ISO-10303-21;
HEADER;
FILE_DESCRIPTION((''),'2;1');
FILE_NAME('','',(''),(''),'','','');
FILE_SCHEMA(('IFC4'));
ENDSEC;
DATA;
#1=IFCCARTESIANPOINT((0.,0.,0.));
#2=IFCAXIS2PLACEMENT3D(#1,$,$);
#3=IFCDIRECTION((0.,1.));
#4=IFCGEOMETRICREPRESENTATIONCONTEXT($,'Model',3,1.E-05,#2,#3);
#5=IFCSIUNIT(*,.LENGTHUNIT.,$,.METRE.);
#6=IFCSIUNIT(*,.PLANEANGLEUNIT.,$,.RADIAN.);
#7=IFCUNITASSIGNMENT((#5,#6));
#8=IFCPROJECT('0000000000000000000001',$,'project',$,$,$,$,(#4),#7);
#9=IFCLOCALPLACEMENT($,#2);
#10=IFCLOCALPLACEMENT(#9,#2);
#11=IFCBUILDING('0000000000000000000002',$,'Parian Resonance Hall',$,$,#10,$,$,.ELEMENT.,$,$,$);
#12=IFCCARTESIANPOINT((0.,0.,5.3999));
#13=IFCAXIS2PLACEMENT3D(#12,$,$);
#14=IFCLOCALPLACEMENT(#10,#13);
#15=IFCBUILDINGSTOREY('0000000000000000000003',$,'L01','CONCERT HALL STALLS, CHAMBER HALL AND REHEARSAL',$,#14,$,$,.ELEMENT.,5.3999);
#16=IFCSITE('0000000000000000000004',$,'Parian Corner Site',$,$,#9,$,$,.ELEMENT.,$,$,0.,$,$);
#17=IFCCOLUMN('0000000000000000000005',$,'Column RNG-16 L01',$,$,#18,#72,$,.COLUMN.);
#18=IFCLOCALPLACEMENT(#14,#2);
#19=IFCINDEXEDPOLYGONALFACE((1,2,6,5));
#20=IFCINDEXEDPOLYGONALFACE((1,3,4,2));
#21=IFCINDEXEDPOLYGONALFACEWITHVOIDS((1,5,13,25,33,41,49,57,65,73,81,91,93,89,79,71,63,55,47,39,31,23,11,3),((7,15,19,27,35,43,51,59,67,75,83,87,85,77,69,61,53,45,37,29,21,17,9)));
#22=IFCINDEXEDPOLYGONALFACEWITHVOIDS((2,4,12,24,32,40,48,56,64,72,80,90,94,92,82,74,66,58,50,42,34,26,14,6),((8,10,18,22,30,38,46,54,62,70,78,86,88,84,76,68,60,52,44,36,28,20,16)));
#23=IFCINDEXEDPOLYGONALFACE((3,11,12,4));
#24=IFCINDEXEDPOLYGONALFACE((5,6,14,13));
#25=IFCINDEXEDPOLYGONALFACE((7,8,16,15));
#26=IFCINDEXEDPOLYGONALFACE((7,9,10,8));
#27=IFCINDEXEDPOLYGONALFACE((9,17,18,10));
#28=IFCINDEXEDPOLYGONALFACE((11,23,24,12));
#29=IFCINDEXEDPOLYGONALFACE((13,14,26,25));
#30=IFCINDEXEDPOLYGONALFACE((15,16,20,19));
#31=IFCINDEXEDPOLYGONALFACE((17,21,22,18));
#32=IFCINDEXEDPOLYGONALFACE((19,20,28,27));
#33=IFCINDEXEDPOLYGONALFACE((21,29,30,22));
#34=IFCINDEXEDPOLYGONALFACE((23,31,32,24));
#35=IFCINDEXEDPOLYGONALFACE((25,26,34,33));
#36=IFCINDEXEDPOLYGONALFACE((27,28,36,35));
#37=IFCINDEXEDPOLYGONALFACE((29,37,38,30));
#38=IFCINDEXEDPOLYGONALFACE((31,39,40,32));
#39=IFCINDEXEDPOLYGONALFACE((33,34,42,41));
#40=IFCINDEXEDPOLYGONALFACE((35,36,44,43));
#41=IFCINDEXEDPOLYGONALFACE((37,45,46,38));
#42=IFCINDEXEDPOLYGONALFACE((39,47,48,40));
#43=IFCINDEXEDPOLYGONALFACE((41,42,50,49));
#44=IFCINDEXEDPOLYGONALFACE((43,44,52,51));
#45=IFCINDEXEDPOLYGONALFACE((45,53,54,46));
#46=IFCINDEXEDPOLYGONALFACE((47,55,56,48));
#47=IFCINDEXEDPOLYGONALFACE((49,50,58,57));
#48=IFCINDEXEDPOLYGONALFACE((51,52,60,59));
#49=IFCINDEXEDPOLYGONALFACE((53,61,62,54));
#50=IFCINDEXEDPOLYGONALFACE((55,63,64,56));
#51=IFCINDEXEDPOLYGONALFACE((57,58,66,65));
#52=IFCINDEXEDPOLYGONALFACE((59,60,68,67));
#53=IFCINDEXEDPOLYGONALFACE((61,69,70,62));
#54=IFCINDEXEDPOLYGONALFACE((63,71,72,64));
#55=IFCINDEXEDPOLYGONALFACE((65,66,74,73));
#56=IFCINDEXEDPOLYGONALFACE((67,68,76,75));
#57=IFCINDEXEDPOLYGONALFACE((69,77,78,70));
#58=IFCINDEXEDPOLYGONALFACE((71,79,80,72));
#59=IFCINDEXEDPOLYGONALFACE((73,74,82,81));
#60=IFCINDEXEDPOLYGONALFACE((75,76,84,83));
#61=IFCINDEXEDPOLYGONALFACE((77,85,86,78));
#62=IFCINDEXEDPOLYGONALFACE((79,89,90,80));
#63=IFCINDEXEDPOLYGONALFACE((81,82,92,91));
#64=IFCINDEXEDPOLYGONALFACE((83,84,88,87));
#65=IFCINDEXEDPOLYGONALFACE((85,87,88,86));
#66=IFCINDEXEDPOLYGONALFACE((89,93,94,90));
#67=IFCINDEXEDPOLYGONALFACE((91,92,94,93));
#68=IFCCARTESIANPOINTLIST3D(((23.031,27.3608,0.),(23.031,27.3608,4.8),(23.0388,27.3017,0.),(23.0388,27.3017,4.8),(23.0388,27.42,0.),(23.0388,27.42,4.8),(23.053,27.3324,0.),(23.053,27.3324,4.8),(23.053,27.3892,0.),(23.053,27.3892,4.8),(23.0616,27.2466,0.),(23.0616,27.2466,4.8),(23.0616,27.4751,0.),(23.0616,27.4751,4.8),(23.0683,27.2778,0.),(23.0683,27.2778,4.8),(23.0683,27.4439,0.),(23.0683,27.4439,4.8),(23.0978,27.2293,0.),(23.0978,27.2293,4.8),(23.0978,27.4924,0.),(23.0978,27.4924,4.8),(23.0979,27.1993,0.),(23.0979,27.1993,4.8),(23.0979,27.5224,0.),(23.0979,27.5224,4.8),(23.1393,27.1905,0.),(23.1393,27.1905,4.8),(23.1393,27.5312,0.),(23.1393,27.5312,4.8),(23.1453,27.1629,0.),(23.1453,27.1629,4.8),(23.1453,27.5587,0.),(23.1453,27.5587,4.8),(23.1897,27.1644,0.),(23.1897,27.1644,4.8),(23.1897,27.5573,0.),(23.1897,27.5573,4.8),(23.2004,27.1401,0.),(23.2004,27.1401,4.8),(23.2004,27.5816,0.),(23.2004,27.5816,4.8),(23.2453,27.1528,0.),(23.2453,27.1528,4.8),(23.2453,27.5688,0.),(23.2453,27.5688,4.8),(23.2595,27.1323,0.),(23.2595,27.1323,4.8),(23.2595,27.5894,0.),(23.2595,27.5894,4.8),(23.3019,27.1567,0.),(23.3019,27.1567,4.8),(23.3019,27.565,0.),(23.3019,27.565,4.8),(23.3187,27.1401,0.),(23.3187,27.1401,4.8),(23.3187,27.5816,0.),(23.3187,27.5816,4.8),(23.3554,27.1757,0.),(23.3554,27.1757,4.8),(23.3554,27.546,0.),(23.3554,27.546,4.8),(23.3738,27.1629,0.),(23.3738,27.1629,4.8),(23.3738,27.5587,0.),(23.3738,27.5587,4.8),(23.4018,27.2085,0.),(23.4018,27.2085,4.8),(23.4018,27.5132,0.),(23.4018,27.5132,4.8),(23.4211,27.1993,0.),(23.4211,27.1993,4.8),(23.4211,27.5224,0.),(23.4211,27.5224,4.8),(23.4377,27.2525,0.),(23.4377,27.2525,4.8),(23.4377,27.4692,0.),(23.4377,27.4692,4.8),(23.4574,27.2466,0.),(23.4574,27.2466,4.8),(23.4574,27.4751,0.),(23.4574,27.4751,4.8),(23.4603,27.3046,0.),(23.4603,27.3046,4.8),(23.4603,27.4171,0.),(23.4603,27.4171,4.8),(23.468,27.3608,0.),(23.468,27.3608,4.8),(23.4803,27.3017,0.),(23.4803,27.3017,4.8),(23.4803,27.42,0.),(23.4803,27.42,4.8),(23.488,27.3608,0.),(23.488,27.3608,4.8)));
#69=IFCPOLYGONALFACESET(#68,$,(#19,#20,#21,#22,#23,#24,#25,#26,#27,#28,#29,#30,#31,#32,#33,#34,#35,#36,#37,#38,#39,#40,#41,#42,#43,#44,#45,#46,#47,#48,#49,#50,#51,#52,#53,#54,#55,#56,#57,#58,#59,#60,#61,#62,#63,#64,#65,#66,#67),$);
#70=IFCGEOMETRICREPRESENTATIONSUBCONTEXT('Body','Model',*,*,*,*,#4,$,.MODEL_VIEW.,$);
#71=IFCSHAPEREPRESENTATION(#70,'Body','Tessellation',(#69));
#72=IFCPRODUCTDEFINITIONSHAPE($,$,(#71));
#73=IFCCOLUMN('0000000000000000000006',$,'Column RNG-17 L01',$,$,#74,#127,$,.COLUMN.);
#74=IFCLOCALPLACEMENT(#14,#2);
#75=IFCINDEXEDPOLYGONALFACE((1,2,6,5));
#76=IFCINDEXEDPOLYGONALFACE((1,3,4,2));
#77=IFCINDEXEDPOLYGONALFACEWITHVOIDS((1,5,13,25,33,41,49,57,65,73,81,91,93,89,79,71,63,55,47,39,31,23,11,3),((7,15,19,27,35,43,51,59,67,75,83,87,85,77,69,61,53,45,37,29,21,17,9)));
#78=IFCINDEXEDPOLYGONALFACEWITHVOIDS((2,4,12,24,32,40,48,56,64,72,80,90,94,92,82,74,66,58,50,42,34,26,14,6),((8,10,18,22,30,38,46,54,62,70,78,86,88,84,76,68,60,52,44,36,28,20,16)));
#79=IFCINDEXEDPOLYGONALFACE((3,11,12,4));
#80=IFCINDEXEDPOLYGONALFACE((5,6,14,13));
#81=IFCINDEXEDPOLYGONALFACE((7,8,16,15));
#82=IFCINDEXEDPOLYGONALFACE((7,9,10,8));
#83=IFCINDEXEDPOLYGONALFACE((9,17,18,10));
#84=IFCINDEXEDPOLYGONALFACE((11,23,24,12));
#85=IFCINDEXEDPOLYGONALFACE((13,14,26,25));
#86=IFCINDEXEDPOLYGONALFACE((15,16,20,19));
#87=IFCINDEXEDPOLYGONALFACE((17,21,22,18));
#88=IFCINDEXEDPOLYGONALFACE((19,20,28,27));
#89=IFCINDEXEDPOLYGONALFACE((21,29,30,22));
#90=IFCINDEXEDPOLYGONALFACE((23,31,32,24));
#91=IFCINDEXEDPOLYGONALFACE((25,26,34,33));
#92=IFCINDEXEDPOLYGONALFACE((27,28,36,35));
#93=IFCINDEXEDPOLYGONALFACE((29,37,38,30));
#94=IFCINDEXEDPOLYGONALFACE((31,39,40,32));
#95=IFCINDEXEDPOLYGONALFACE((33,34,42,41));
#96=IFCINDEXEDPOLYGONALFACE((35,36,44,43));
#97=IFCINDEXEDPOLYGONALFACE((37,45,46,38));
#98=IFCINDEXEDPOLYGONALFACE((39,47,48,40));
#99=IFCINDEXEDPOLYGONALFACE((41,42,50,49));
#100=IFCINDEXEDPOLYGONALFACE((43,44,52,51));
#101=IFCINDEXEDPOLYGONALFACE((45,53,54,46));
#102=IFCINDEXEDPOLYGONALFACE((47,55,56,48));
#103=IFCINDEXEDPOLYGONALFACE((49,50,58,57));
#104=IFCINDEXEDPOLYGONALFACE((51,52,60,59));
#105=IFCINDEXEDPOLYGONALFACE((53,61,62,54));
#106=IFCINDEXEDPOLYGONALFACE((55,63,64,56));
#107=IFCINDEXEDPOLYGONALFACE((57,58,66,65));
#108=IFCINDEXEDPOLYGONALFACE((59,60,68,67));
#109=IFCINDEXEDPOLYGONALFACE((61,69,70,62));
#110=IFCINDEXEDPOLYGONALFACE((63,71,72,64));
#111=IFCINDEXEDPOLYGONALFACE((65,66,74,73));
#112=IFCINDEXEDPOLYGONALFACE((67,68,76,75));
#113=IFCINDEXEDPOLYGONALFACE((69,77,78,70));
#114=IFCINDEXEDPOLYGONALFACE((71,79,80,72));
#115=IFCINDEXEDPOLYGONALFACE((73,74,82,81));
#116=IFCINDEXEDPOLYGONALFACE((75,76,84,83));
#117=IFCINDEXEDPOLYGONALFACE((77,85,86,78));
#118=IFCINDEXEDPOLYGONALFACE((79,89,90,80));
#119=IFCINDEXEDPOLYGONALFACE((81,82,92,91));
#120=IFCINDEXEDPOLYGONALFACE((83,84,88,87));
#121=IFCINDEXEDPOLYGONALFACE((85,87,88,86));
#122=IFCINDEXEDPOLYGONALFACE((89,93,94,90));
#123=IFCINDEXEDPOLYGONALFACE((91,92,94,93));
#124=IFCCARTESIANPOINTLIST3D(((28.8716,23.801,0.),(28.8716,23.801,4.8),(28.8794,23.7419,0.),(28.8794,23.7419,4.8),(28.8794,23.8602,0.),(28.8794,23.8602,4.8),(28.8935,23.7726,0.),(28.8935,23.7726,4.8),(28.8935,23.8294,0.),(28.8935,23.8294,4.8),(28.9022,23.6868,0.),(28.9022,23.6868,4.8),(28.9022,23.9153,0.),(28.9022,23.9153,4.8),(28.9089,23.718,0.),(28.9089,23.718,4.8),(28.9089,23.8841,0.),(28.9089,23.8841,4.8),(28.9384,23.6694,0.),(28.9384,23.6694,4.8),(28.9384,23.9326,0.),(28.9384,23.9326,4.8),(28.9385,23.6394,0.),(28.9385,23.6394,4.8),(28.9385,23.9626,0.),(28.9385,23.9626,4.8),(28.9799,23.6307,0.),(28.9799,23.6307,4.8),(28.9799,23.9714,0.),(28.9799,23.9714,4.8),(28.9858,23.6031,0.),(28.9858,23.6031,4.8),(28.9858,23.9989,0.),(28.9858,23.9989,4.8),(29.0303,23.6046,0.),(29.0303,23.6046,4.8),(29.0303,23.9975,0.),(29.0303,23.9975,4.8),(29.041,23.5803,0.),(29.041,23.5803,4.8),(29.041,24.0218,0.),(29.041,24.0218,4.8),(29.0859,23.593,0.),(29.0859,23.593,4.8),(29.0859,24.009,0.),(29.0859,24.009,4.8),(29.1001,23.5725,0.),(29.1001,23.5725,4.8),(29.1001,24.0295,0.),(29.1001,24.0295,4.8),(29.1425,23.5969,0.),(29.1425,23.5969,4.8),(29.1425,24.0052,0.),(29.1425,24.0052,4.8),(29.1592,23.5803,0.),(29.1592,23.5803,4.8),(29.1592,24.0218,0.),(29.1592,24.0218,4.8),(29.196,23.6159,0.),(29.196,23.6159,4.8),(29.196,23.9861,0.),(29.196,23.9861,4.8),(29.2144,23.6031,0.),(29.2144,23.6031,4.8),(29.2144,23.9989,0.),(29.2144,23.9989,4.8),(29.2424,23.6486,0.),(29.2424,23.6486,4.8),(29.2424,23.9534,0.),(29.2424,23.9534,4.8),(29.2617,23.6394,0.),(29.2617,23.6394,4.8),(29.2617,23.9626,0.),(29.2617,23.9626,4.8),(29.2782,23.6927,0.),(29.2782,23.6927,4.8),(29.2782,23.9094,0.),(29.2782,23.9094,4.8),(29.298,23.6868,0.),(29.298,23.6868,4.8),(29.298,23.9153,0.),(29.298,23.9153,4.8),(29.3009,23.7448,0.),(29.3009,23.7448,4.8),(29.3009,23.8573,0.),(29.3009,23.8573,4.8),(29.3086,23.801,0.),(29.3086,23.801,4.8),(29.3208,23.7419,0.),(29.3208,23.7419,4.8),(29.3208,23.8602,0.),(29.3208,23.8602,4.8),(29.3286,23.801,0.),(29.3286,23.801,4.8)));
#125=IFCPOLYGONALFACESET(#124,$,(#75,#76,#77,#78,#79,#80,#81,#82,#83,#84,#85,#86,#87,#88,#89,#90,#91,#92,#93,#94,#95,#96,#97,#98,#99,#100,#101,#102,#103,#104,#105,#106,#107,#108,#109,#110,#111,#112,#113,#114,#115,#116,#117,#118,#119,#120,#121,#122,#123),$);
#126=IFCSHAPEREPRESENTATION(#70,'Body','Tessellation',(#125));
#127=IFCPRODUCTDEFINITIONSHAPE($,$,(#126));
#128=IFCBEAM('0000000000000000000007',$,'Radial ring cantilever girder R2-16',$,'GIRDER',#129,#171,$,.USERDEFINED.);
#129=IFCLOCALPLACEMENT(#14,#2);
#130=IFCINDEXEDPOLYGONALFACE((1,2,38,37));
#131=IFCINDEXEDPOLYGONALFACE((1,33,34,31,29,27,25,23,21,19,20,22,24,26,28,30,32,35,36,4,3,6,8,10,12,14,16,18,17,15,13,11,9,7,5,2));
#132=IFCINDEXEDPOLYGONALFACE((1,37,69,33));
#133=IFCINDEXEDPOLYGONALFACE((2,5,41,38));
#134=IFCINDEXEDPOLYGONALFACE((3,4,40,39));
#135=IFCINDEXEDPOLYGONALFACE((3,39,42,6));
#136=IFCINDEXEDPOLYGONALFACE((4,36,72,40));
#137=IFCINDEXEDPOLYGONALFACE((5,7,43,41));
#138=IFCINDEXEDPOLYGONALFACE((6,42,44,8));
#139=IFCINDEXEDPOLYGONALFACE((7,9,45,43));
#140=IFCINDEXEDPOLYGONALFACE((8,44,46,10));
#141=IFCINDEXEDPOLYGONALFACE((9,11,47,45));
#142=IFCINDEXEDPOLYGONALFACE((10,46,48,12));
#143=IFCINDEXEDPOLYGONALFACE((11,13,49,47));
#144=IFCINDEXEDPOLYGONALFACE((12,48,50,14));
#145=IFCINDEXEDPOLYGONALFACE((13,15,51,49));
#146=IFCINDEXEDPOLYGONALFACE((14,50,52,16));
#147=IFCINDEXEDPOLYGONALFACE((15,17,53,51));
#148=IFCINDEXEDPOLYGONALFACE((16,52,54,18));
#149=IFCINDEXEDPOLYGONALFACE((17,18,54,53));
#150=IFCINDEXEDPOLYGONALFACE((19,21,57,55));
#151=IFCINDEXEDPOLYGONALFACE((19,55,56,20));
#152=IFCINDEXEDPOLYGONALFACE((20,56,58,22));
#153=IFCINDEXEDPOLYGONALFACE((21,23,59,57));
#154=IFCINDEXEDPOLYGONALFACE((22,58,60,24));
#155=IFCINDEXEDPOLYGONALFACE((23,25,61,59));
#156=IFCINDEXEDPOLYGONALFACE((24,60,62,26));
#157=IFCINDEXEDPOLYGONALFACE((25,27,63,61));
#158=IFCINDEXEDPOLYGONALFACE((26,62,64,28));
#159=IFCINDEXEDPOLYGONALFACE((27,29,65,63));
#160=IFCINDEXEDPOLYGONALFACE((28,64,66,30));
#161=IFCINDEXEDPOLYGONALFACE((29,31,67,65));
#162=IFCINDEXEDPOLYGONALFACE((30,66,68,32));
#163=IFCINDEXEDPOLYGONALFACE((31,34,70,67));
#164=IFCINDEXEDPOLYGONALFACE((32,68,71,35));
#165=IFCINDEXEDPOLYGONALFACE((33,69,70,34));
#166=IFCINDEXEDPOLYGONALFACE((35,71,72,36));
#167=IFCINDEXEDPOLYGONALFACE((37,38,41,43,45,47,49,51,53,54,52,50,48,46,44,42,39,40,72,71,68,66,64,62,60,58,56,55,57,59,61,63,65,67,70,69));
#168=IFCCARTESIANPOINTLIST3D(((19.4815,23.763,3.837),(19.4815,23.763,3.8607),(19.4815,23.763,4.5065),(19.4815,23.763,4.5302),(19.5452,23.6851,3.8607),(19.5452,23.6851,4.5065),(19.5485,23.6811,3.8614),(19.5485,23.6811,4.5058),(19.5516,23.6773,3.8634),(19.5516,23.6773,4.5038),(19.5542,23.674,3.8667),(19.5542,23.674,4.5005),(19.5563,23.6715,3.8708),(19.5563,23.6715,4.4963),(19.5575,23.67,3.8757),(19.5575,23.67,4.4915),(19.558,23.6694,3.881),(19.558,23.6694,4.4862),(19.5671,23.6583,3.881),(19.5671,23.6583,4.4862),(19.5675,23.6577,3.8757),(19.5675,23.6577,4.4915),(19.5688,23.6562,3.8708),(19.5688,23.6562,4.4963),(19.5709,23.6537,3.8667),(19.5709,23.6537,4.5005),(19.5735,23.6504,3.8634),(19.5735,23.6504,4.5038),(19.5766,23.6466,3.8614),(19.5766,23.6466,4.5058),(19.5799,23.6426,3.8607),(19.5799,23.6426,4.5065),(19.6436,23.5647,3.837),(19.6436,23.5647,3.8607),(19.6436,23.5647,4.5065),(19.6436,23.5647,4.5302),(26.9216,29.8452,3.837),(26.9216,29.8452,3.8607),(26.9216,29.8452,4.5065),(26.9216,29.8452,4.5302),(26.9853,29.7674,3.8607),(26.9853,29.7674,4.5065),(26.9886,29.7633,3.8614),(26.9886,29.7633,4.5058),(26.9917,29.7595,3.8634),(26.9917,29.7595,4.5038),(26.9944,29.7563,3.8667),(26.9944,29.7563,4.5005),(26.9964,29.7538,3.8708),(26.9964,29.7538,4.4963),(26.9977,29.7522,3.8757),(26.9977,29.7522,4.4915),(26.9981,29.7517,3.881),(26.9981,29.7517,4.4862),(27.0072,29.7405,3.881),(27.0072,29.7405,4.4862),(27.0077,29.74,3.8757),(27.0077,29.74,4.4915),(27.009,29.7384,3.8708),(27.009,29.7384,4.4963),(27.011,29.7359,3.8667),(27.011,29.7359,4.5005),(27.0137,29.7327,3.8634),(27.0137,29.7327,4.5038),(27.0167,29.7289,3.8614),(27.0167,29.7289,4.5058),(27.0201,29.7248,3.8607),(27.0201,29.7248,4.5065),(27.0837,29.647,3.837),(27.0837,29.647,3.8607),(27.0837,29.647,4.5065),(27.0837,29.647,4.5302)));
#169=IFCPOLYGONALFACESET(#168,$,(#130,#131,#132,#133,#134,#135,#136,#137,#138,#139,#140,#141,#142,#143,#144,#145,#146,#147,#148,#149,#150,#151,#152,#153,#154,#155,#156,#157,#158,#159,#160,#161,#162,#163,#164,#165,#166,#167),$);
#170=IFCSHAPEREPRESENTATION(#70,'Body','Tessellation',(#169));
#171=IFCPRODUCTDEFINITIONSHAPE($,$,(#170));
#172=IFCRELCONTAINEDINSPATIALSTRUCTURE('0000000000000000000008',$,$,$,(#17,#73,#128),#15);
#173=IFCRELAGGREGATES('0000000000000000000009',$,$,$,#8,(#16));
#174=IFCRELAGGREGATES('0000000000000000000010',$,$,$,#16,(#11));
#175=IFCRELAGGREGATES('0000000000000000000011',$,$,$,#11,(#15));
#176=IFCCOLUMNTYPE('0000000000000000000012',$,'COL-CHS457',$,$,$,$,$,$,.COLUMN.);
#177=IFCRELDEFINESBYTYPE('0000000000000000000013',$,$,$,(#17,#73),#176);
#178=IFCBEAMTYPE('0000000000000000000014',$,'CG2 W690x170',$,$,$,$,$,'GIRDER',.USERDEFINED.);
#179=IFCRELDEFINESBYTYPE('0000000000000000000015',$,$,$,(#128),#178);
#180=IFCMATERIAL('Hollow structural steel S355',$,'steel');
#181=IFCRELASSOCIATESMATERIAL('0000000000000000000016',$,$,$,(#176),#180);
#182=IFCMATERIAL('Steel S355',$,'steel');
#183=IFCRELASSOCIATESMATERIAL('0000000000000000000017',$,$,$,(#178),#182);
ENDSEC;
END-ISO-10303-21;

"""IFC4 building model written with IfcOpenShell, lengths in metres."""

from ifc_helpers import new_model, si_unit, direction, frame, origin, origin_2d, place, context, subcontext, project, spatial, hollow_circle, i_section, extrude, material, material_profile, profile_set, type_object, element, save


model = new_model("IFC4")

# Units and contexts
model_context = context("Model", 3, precision=1e-05, world=origin(), true_north=direction((0.0, 1.0)))
body_context = subcontext(model_context, "Body", "Model", "MODEL_VIEW")
ifc_project = project(units=[si_unit("LENGTHUNIT", "METRE"), si_unit("PLANEANGLEUNIT", "RADIAN")], contexts=[model_context])

# Site, building, storey
site_placement = place(None, origin())
site = spatial("IfcSite", under=ifc_project, at=site_placement, Name="Parian Corner Site", CompositionType="ELEMENT", RefElevation=0.0)
building_placement = place(site_placement, origin())
building = spatial("IfcBuilding", under=site, at=building_placement, Name="Parian Resonance Hall", CompositionType="ELEMENT")
storey_placement = place(building_placement, frame((0.0, 0.0, 5.3999)))
storey = spatial("IfcBuildingStorey", under=building, at=storey_placement, Name="L01", Description="CONCERT HALL STALLS, CHAMBER HALL AND REHEARSAL", CompositionType="ELEMENT", Elevation=5.3999)

# Columns
ifc_material_1 = material(Name="Hollow structural steel S355", Category="steel")
ifc_material_profile_1 = material_profile(ifc_material_1, hollow_circle(Radius=0.2285, WallThickness=0.02, at=origin_2d()), Name="CHS457x20")
ifc_profile_set_1 = profile_set([ifc_material_profile_1], Name="Hollow structural steel S355")
column_type = type_object("IfcColumnType", Name="COL-CHS457", PredefinedType="COLUMN", material=ifc_profile_set_1)
for number, where, z_axis, x_axis, name in (
    (1, (23.2595, 27.3608, 0.0), (0.0, 0.0, 1.0), (1.0, 0.0, 0.0), "Column RNG-16 L01"),
    (2, (29.1001, 23.801, 0.0), (0.0, 0.0, 1.0), (1.0, 0.0, 0.0), "Column RNG-17 L01"),
):
    element("IfcColumn", number, at=place(storey_placement, frame(where, z_axis=z_axis, x_axis=x_axis)), inside=storey, type_object=column_type, Name=name, PredefinedType="COLUMN", context=body_context, shape_type="SweptSolid", body=[
        extrude(hollow_circle(Radius=0.2285, WallThickness=0.02, at=origin_2d()), origin(), (0.0, 0.0, 1.0), 4.8),
    ])

# Beam
ifc_material_2 = material(Name="Steel S355", Category="steel")
ifc_material_profile_2 = material_profile(ifc_material_2, i_section(OverallWidth=0.2561, OverallDepth=0.6931, WebThickness=0.0144, FlangeThickness=0.0237, FilletRadius=0.0203, at=origin_2d()), Name="W690x170")
ifc_profile_set_2 = profile_set([ifc_material_profile_2], Name="Steel S355")
beam_type = type_object("IfcBeamType", Name="CG2 W690x170", ElementType="GIRDER", PredefinedType="USERDEFINED", material=ifc_profile_set_2)
beam_1_placement = place(storey_placement, frame((27.0027, 29.7461, 4.1836), z_axis=(-0.77422, -0.632917, 0.0), x_axis=(0.632917, -0.77422, 0.0)))
element("IfcBeam", 3, at=beam_1_placement, inside=storey, type_object=beam_type, Name="Radial ring cantilever girder R2-16", ObjectType="GIRDER", PredefinedType="USERDEFINED", context=body_context, shape_type="SweptSolid", body=[
    extrude(i_section(OverallWidth=0.2561, OverallDepth=0.6931, WebThickness=0.0144, FlangeThickness=0.0237, FilletRadius=0.0203, at=origin_2d()), origin(), (0.0, 0.0, 1.0), 9.6099),
])

save(model, "model.ifc")
